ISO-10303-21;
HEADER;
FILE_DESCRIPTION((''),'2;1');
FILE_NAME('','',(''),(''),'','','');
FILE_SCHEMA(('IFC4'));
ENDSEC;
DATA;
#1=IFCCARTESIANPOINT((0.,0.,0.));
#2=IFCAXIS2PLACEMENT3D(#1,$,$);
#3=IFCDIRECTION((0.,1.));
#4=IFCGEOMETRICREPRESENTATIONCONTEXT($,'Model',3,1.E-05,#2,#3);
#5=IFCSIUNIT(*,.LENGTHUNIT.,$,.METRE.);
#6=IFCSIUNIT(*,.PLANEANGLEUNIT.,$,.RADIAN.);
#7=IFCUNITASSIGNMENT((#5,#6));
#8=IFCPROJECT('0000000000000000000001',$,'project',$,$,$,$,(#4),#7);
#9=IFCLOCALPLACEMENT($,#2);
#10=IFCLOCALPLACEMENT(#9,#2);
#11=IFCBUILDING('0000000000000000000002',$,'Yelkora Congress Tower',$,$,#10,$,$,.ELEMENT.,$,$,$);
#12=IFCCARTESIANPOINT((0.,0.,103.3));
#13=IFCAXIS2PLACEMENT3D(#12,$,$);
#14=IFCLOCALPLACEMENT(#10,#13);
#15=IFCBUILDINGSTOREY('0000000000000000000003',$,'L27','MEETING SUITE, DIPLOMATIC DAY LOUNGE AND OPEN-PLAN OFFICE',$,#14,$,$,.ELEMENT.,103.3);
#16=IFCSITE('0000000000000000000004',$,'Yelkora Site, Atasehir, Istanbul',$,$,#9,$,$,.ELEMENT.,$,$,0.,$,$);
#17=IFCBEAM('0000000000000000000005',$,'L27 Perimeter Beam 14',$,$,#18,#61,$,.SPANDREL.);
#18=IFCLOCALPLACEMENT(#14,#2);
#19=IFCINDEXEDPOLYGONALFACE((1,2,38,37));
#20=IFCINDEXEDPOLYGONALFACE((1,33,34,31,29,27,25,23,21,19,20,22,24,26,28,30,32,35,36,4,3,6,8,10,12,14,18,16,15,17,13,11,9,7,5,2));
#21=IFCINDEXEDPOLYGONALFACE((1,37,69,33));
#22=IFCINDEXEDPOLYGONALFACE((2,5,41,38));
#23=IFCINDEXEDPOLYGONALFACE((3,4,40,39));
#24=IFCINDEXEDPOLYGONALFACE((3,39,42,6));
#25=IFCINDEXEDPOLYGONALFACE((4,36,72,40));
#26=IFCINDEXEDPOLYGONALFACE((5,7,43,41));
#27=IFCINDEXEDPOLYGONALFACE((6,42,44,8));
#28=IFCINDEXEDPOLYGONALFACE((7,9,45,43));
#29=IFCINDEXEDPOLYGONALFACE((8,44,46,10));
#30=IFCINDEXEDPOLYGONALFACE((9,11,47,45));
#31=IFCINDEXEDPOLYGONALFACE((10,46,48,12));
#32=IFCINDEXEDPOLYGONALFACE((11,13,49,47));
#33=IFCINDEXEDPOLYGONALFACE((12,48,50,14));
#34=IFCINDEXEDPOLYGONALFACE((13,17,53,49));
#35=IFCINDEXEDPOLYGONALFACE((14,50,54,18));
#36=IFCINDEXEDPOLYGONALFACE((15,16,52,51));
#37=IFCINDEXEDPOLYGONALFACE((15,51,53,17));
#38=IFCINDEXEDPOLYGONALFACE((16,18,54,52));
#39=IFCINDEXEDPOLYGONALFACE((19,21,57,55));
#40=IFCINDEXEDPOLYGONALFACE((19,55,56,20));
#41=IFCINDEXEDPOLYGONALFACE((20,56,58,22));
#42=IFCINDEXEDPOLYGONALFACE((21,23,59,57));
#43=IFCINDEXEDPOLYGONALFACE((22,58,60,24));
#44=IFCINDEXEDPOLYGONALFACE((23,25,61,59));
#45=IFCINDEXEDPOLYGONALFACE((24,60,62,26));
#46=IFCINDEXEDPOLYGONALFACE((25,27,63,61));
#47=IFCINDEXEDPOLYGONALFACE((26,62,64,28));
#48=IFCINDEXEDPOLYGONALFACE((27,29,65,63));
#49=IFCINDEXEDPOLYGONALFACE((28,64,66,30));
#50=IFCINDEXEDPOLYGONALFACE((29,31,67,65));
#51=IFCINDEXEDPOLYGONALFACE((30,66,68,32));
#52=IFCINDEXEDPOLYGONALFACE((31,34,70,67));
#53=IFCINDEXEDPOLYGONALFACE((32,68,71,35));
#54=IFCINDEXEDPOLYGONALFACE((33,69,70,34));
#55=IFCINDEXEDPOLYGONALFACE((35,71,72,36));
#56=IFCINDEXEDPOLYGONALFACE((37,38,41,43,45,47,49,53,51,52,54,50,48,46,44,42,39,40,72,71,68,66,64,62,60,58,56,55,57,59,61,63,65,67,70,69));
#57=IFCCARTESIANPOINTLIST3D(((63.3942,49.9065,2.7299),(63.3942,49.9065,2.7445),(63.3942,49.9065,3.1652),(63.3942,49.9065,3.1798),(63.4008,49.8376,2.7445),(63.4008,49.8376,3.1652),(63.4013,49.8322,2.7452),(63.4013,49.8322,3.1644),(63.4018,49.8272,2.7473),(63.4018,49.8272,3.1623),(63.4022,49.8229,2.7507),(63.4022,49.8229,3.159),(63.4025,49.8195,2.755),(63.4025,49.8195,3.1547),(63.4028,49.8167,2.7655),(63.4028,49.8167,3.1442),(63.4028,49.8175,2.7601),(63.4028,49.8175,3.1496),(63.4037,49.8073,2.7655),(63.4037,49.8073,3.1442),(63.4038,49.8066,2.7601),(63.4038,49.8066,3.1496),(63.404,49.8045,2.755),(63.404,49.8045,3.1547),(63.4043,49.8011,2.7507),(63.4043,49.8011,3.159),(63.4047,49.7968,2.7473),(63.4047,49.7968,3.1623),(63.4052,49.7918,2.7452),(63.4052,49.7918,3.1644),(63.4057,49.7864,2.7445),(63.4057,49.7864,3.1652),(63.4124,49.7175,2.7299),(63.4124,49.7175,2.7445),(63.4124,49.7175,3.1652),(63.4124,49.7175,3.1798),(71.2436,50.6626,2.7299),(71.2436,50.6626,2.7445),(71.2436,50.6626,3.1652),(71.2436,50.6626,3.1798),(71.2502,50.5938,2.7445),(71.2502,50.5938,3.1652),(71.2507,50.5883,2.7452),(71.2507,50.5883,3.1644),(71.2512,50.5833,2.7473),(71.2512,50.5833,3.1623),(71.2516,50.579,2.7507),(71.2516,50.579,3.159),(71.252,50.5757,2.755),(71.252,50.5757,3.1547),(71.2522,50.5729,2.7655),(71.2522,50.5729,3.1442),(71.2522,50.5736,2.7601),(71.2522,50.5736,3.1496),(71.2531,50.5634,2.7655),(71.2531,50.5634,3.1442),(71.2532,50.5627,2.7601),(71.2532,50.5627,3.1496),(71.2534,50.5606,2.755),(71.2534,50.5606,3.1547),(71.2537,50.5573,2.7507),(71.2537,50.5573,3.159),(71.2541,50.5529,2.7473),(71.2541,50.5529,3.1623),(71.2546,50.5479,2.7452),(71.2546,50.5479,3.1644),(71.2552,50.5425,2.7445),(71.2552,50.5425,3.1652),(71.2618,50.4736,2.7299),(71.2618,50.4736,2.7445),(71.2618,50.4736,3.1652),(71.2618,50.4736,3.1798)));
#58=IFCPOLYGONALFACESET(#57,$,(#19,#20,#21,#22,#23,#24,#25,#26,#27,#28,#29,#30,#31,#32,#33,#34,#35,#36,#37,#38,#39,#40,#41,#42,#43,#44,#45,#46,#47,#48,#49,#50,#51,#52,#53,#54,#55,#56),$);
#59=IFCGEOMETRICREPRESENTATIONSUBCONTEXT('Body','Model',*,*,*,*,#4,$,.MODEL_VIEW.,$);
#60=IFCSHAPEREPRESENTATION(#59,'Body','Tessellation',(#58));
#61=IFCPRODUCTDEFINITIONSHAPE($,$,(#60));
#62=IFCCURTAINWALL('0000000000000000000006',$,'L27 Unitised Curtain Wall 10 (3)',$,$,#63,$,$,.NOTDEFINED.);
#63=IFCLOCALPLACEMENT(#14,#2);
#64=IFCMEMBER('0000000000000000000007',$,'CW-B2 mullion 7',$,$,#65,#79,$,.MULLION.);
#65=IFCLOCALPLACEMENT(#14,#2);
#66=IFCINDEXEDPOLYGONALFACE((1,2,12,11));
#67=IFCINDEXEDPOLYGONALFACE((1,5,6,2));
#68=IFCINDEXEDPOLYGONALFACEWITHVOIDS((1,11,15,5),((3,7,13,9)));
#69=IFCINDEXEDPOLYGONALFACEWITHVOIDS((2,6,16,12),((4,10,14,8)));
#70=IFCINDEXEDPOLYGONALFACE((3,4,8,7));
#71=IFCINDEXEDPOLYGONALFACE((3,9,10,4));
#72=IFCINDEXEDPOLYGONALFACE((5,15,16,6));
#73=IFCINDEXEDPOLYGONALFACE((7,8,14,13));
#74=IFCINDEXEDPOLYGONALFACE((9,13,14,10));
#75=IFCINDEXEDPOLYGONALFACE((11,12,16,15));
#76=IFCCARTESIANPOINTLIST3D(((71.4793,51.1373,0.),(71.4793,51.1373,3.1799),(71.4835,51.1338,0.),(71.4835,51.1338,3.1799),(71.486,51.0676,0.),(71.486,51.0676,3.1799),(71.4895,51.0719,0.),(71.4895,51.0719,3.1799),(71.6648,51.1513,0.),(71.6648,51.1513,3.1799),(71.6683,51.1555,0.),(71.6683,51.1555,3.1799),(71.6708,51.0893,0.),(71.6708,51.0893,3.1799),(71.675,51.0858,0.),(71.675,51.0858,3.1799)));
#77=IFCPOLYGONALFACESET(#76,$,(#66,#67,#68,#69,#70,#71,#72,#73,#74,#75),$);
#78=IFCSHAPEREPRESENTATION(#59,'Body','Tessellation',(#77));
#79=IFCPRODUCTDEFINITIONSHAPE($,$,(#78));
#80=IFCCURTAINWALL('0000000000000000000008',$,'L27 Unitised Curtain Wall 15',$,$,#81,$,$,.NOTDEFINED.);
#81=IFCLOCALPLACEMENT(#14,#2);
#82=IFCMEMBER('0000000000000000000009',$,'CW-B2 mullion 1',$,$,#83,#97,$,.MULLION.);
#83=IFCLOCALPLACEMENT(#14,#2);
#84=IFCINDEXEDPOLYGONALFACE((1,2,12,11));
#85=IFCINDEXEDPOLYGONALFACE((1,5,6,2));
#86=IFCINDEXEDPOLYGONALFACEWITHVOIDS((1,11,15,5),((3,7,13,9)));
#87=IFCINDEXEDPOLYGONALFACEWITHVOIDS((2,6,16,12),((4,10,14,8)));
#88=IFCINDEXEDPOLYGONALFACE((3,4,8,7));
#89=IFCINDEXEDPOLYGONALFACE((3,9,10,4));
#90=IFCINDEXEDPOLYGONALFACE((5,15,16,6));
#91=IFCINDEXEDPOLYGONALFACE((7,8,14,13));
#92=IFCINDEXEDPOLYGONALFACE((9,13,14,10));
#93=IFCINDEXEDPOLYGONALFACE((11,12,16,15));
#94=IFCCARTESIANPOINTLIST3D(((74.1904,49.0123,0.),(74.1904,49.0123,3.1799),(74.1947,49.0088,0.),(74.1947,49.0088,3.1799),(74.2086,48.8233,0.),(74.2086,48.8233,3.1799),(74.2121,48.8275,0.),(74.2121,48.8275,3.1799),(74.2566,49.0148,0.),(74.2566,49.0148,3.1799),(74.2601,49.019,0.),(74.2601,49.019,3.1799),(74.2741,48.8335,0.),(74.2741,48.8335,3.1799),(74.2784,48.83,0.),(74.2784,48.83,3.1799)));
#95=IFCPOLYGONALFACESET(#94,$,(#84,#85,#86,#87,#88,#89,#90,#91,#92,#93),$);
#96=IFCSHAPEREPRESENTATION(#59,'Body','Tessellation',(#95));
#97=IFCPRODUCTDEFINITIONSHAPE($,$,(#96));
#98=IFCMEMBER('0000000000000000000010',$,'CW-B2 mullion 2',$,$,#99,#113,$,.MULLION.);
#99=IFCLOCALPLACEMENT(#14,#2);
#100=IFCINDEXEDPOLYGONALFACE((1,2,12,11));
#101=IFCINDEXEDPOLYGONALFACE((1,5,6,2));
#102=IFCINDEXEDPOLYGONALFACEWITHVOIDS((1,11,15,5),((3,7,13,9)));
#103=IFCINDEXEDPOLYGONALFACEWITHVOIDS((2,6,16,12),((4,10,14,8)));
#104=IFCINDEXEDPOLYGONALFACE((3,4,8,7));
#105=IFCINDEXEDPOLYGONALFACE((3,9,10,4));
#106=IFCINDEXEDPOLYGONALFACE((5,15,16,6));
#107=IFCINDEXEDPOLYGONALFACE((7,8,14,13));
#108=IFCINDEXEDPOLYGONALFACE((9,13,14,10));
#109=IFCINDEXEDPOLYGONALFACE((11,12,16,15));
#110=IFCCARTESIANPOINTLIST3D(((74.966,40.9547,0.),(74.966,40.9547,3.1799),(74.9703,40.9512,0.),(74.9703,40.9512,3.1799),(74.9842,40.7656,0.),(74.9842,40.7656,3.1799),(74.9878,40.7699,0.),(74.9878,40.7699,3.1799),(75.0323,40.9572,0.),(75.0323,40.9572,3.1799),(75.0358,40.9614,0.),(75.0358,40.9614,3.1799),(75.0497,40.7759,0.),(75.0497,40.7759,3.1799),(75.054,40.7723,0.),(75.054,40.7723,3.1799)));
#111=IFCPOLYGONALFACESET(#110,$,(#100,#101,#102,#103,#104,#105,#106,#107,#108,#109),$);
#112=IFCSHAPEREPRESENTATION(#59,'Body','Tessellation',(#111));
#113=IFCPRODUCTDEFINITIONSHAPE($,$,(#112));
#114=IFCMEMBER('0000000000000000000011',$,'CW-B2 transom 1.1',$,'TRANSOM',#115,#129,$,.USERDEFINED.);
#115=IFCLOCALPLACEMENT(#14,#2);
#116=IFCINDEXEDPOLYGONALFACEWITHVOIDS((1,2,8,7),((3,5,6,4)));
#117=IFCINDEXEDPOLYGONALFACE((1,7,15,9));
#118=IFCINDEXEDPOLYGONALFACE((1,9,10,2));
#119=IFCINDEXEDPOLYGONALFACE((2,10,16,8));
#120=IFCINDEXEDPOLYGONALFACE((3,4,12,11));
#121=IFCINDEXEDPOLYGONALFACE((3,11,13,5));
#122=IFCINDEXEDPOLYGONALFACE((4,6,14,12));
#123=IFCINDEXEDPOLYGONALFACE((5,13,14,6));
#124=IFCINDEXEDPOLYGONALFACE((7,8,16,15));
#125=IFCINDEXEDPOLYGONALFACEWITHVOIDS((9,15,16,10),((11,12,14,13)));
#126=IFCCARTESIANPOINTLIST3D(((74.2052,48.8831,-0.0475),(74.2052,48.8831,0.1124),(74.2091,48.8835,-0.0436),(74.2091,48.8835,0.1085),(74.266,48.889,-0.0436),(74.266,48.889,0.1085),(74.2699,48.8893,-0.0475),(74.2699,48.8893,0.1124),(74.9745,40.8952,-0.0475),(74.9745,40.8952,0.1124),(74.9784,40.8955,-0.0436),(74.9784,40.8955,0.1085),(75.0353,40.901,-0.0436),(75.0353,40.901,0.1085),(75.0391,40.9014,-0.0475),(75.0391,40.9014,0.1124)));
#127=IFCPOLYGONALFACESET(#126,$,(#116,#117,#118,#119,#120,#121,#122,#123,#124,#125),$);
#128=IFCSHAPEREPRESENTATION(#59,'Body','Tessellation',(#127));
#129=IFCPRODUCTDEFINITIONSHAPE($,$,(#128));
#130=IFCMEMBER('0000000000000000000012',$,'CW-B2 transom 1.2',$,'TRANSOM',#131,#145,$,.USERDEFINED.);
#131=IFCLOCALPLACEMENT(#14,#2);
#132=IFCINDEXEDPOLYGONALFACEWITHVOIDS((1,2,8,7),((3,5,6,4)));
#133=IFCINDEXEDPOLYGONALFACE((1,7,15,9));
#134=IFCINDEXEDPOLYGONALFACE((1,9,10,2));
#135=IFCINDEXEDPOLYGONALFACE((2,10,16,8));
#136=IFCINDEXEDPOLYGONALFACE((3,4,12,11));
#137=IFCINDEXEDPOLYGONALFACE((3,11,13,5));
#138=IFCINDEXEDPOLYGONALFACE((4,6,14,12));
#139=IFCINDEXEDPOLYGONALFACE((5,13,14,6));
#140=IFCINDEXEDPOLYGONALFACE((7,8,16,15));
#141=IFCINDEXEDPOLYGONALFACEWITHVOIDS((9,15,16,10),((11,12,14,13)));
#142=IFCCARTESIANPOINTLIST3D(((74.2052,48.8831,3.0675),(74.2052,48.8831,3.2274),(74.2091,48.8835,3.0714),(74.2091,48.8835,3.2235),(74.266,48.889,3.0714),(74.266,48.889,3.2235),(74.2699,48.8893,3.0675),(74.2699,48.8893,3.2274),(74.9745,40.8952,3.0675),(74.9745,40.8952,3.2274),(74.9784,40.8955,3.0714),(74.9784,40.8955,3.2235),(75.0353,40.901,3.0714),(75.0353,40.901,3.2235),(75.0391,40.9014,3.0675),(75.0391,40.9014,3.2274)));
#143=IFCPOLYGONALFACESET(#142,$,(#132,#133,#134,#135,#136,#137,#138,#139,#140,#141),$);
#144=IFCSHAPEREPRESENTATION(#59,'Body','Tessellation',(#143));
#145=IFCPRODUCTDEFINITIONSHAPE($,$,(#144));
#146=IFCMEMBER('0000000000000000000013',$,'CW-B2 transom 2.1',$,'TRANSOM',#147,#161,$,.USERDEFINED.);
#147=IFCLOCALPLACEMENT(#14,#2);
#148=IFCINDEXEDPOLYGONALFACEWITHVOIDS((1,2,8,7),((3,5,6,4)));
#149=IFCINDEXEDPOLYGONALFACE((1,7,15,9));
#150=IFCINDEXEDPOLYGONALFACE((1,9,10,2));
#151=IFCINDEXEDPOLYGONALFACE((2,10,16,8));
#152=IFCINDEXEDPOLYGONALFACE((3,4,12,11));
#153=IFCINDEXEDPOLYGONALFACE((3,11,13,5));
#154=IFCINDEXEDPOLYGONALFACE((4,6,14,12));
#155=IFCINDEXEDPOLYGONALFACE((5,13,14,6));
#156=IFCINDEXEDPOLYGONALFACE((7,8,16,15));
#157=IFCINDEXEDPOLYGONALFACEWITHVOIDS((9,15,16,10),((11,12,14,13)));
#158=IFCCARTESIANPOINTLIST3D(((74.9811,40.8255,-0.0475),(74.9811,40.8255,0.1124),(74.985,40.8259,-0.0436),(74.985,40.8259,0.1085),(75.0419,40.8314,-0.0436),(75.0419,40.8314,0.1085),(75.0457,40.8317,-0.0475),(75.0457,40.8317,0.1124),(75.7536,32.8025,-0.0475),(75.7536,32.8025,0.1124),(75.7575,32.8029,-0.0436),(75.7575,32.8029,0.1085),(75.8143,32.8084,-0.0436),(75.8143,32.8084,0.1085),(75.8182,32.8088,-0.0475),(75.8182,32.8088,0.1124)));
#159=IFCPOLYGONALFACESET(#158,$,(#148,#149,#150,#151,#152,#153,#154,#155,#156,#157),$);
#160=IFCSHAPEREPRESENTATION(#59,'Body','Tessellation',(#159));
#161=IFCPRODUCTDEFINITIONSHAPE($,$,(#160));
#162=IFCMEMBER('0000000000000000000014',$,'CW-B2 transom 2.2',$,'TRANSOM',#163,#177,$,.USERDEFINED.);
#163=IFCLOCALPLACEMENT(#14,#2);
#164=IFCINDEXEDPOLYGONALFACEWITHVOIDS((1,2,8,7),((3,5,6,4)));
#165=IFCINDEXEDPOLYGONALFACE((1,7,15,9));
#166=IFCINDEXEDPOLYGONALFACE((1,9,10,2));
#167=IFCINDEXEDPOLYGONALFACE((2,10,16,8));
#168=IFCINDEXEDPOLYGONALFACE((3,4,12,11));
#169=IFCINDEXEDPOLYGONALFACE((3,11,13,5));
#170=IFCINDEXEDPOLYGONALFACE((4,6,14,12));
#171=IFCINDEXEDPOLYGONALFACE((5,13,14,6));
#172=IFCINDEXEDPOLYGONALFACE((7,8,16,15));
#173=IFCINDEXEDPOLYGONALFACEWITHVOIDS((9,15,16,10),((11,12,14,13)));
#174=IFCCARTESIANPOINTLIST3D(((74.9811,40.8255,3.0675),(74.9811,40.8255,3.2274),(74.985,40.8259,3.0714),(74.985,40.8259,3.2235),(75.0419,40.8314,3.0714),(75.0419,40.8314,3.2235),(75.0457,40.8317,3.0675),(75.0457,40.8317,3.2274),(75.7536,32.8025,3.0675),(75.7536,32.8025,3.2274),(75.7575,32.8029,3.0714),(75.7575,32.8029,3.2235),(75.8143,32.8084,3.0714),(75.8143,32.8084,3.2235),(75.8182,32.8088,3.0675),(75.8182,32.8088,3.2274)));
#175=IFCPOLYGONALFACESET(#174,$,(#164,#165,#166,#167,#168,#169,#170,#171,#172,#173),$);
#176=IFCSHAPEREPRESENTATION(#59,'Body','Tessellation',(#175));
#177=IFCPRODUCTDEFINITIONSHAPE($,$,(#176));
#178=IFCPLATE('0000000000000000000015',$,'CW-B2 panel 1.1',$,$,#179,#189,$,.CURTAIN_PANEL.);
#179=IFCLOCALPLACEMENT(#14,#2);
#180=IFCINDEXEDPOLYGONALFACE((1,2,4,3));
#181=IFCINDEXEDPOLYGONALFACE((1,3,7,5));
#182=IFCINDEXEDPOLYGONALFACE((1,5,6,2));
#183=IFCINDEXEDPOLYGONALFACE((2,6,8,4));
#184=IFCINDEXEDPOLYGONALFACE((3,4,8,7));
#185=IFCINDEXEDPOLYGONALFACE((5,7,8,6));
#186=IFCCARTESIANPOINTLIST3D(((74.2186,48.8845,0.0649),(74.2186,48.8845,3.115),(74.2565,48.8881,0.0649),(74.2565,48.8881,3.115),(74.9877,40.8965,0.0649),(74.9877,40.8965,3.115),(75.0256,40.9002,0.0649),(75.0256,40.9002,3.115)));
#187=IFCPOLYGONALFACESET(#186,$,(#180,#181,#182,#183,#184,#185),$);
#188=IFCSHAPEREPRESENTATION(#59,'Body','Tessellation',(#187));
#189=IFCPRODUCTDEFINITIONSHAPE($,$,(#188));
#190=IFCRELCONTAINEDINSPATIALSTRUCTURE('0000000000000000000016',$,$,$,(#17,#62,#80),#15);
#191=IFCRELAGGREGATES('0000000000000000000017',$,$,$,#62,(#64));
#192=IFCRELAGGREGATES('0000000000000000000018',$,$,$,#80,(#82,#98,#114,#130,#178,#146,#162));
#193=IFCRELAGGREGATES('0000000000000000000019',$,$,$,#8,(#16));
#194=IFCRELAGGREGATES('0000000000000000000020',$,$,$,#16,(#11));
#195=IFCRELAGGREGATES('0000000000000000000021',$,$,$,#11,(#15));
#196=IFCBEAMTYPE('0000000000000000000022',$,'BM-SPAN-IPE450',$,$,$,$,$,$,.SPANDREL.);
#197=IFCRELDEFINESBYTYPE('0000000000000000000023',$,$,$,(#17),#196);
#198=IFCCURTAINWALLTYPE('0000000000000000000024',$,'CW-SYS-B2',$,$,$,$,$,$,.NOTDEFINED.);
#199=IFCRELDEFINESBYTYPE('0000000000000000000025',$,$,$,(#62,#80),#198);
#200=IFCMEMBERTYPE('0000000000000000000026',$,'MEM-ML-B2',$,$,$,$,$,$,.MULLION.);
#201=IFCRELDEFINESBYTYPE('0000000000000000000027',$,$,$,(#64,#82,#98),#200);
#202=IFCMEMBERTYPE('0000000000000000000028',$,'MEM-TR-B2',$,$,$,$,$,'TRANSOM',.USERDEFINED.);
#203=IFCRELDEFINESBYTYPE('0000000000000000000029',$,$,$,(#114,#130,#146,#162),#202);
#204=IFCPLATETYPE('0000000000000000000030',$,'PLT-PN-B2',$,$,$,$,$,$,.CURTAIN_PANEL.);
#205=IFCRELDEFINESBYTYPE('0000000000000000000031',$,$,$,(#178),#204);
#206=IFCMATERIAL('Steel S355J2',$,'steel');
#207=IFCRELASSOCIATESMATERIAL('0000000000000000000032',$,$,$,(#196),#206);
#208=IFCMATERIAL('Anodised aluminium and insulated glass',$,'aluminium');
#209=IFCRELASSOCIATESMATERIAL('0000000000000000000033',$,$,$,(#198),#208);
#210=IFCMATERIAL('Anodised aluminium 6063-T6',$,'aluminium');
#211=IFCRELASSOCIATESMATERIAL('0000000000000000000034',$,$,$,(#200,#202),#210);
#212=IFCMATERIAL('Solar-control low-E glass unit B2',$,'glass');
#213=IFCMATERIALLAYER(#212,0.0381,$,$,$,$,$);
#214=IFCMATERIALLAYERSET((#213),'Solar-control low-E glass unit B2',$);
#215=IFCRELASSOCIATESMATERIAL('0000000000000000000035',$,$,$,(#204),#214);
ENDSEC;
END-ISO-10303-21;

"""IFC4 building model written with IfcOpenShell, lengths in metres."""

from ifc_helpers import new_model, si_unit, direction, frame, origin, origin_2d, place, context, subcontext, project, spatial, rectangle, hollow_rectangle, i_section, extrude, material, layer, layer_set, material_profile, profile_set, type_object, element, aggregate, save


model = new_model("IFC4")

# Units and contexts
model_context = context("Model", 3, precision=1e-05, world=origin(), true_north=direction((0.0, 1.0)))
body_context = subcontext(model_context, "Body", "Model", "MODEL_VIEW")
ifc_project = project(units=[si_unit("LENGTHUNIT", "METRE"), si_unit("PLANEANGLEUNIT", "RADIAN")], contexts=[model_context])

# Site, building, storey
site_placement = place(None, origin())
site = spatial("IfcSite", under=ifc_project, at=site_placement, Name="Yelkora Site, Atasehir, Istanbul", CompositionType="ELEMENT", RefElevation=0.0)
building_placement = place(site_placement, origin())
building = spatial("IfcBuilding", under=site, at=building_placement, Name="Yelkora Congress Tower", CompositionType="ELEMENT")
storey_placement = place(building_placement, frame((0.0, 0.0, 103.3)))
storey = spatial("IfcBuildingStorey", under=building, at=storey_placement, Name="L27", Description="MEETING SUITE, DIPLOMATIC DAY LOUNGE AND OPEN-PLAN OFFICE", CompositionType="ELEMENT", Elevation=103.3)

# Beam
ifc_material_1 = material(Name="Steel S355J2", Category="steel")
ifc_material_profile_1 = material_profile(ifc_material_1, i_section(OverallWidth=0.1899, OverallDepth=0.45, WebThickness=0.0095, FlangeThickness=0.0146, FilletRadius=0.021, at=origin_2d()), Name="IPE 450")
ifc_profile_set_1 = profile_set([ifc_material_profile_1], Name="Steel S355J2")
beam_type_1 = type_object("IfcBeamType", Name="BM-SPAN-IPE450", PredefinedType="SPANDREL", material=ifc_profile_set_1)
beam_1_placement = place(storey_placement, frame((71.2527, 50.5681, 2.9548), z_axis=(-0.995393, -0.095883, 0.0), x_axis=(0.095883, -0.995393, 0.0)))
element("IfcBeam", 1, at=beam_1_placement, inside=storey, type_object=beam_type_1, Name="L27 Perimeter Beam 14", PredefinedType="SPANDREL", context=body_context, shape_type="SweptSolid", body=[
    extrude(i_section(OverallWidth=0.1899, OverallDepth=0.45, WebThickness=0.0095, FlangeThickness=0.0146, FilletRadius=0.021, at=origin_2d()), origin(), (0.0, 0.0, 1.0), 7.8857),
])

# Curtain wall, member
ifc_material_2 = material(Name="Anodised aluminium and insulated glass", Category="aluminium")
curtain_wall_type = type_object("IfcCurtainWallType", Name="CW-SYS-B2", PredefinedType="NOTDEFINED", material=ifc_material_2)
curtain_wall_1_placement = place(storey_placement, origin())
curtain_wall_1 = element("IfcCurtainWall", 2, at=curtain_wall_1_placement, inside=storey, type_object=curtain_wall_type, Name="L27 Unitised Curtain Wall 10 (3)", PredefinedType="NOTDEFINED")
ifc_material_3 = material(Name="Anodised aluminium 6063-T6", Category="aluminium")
ifc_material_profile_2 = material_profile(ifc_material_3, hollow_rectangle(XDim=0.0701, YDim=0.1899, WallThickness=0.0039, at=origin_2d()), Name="ALU 70x190x4")
ifc_profile_set_2 = profile_set([ifc_material_profile_2], Name="Anodised aluminium 6063-T6")
member_type_1 = type_object("IfcMemberType", Name="MEM-ML-B2", PredefinedType="MULLION", material=ifc_profile_set_2)
member_1_placement = place(storey_placement, frame((71.5771, 51.1116, 0.0), z_axis=(0.0, 0.0, 1.0), x_axis=(-0.095844, 0.995396, 0.0)))
member_1 = element("IfcMember", 3, at=member_1_placement, type_object=member_type_1, Name="CW-B2 mullion 7", PredefinedType="MULLION", context=body_context, shape_type="SweptSolid", body=[
    extrude(hollow_rectangle(XDim=0.0701, YDim=0.1899, WallThickness=0.0039, at=origin_2d()), origin(), (0.0, 0.0, 1.0), 3.1799),
])
aggregate(curtain_wall_1, [member_1])

# Curtain wall, members, plate
curtain_wall_2_placement = place(storey_placement, origin())
curtain_wall_2 = element("IfcCurtainWall", 4, at=curtain_wall_2_placement, inside=storey, type_object=curtain_wall_type, Name="L27 Unitised Curtain Wall 15", PredefinedType="NOTDEFINED")
member_2_placement = place(storey_placement, frame((74.2344, 48.9211, 0.0), z_axis=(0.0, 0.0, 1.0), x_axis=(0.995397, 0.095843, 0.0)))
member_2 = element("IfcMember", 5, at=member_2_placement, type_object=member_type_1, Name="CW-B2 mullion 1", PredefinedType="MULLION", context=body_context, shape_type="SweptSolid", body=[
    extrude(hollow_rectangle(XDim=0.0701, YDim=0.1899, WallThickness=0.0039, at=origin_2d()), origin(), (0.0, 0.0, 1.0), 3.1799),
])
member_3_placement = place(storey_placement, frame((75.01, 40.8635, 0.0), z_axis=(0.0, 0.0, 1.0), x_axis=(0.995397, 0.095843, 0.0)))
member_3 = element("IfcMember", 6, at=member_3_placement, type_object=member_type_1, Name="CW-B2 mullion 2", PredefinedType="MULLION", context=body_context, shape_type="SweptSolid", body=[
    extrude(hollow_rectangle(XDim=0.0701, YDim=0.1899, WallThickness=0.0039, at=origin_2d()), origin(), (0.0, 0.0, 1.0), 3.1799),
])
ifc_material_profile_3 = material_profile(ifc_material_3, hollow_rectangle(XDim=0.0649, YDim=0.1599, WallThickness=0.0039, at=origin_2d()), Name="ALU 65x160x4")
ifc_profile_set_3 = profile_set([ifc_material_profile_3], Name="Anodised aluminium 6063-T6")
member_type_2 = type_object("IfcMemberType", Name="MEM-TR-B2", ElementType="TRANSOM", PredefinedType="USERDEFINED", material=ifc_profile_set_3)
member_4_placement = place(storey_placement, frame((74.2375, 48.8862, 0.0325), z_axis=(0.095861, -0.995395, 0.0), x_axis=(0.995395, 0.095861, 0.0)))
member_4 = element("IfcMember", 7, at=member_4_placement, type_object=member_type_2, Name="CW-B2 transom 1.1", ObjectType="TRANSOM", PredefinedType="USERDEFINED", context=body_context, shape_type="SweptSolid", body=[
    extrude(hollow_rectangle(XDim=0.0649, YDim=0.1599, WallThickness=0.0039, at=origin_2d()), origin(), (0.0, 0.0, 1.0), 8.0249),
])
member_5_placement = place(storey_placement, frame((74.2375, 48.8862, 3.1475), z_axis=(0.095861, -0.995395, 0.0), x_axis=(0.995395, 0.095861, 0.0)))
member_5 = element("IfcMember", 8, at=member_5_placement, type_object=member_type_2, Name="CW-B2 transom 1.2", ObjectType="TRANSOM", PredefinedType="USERDEFINED", context=body_context, shape_type="SweptSolid", body=[
    extrude(hollow_rectangle(XDim=0.0649, YDim=0.1599, WallThickness=0.0039, at=origin_2d()), origin(), (0.0, 0.0, 1.0), 8.0249),
])
member_6_placement = place(storey_placement, frame((75.0134, 40.8286, 0.0325), z_axis=(0.095838, -0.995397, 0.0), x_axis=(0.995397, 0.095838, 0.0)))
member_6 = element("IfcMember", 9, at=member_6_placement, type_object=member_type_2, Name="CW-B2 transom 2.1", ObjectType="TRANSOM", PredefinedType="USERDEFINED", context=body_context, shape_type="SweptSolid", body=[
    extrude(hollow_rectangle(XDim=0.0649, YDim=0.1599, WallThickness=0.0039, at=origin_2d()), origin(), (0.0, 0.0, 1.0), 8.0601),
])
member_7_placement = place(storey_placement, frame((75.0134, 40.8286, 3.1475), z_axis=(0.095838, -0.995397, 0.0), x_axis=(0.995397, 0.095838, 0.0)))
member_7 = element("IfcMember", 10, at=member_7_placement, type_object=member_type_2, Name="CW-B2 transom 2.2", ObjectType="TRANSOM", PredefinedType="USERDEFINED", context=body_context, shape_type="SweptSolid", body=[
    extrude(hollow_rectangle(XDim=0.0649, YDim=0.1599, WallThickness=0.0039, at=origin_2d()), origin(), (0.0, 0.0, 1.0), 8.0601),
])
ifc_material_4 = material(Name="Solar-control low-E glass unit B2", Category="glass")
ifc_layer_1 = layer(ifc_material_4, 0.0381)
ifc_layer_set_1 = layer_set([ifc_layer_1], Name="Solar-control low-E glass unit B2")
plate_type = type_object("IfcPlateType", Name="PLT-PN-B2", PredefinedType="CURTAIN_PANEL", material=ifc_layer_set_1)
plate_1_placement = place(storey_placement, frame((74.6221, 44.8923, 0.0649), z_axis=(0.0, 0.0, 1.0), x_axis=(0.095843, -0.995397, 0.0)))
plate_1 = element("IfcPlate", 11, at=plate_1_placement, type_object=plate_type, Name="CW-B2 panel 1.1", PredefinedType="CURTAIN_PANEL", context=body_context, shape_type="SweptSolid", body=[
    extrude(rectangle(XDim=8.0249, YDim=0.0381, at=origin_2d()), origin(), (0.0, 0.0, 1.0), 3.05),
])
aggregate(curtain_wall_2, [member_2, member_3, member_4, member_5, plate_1, member_6, member_7])

save(model, "model.ifc")
